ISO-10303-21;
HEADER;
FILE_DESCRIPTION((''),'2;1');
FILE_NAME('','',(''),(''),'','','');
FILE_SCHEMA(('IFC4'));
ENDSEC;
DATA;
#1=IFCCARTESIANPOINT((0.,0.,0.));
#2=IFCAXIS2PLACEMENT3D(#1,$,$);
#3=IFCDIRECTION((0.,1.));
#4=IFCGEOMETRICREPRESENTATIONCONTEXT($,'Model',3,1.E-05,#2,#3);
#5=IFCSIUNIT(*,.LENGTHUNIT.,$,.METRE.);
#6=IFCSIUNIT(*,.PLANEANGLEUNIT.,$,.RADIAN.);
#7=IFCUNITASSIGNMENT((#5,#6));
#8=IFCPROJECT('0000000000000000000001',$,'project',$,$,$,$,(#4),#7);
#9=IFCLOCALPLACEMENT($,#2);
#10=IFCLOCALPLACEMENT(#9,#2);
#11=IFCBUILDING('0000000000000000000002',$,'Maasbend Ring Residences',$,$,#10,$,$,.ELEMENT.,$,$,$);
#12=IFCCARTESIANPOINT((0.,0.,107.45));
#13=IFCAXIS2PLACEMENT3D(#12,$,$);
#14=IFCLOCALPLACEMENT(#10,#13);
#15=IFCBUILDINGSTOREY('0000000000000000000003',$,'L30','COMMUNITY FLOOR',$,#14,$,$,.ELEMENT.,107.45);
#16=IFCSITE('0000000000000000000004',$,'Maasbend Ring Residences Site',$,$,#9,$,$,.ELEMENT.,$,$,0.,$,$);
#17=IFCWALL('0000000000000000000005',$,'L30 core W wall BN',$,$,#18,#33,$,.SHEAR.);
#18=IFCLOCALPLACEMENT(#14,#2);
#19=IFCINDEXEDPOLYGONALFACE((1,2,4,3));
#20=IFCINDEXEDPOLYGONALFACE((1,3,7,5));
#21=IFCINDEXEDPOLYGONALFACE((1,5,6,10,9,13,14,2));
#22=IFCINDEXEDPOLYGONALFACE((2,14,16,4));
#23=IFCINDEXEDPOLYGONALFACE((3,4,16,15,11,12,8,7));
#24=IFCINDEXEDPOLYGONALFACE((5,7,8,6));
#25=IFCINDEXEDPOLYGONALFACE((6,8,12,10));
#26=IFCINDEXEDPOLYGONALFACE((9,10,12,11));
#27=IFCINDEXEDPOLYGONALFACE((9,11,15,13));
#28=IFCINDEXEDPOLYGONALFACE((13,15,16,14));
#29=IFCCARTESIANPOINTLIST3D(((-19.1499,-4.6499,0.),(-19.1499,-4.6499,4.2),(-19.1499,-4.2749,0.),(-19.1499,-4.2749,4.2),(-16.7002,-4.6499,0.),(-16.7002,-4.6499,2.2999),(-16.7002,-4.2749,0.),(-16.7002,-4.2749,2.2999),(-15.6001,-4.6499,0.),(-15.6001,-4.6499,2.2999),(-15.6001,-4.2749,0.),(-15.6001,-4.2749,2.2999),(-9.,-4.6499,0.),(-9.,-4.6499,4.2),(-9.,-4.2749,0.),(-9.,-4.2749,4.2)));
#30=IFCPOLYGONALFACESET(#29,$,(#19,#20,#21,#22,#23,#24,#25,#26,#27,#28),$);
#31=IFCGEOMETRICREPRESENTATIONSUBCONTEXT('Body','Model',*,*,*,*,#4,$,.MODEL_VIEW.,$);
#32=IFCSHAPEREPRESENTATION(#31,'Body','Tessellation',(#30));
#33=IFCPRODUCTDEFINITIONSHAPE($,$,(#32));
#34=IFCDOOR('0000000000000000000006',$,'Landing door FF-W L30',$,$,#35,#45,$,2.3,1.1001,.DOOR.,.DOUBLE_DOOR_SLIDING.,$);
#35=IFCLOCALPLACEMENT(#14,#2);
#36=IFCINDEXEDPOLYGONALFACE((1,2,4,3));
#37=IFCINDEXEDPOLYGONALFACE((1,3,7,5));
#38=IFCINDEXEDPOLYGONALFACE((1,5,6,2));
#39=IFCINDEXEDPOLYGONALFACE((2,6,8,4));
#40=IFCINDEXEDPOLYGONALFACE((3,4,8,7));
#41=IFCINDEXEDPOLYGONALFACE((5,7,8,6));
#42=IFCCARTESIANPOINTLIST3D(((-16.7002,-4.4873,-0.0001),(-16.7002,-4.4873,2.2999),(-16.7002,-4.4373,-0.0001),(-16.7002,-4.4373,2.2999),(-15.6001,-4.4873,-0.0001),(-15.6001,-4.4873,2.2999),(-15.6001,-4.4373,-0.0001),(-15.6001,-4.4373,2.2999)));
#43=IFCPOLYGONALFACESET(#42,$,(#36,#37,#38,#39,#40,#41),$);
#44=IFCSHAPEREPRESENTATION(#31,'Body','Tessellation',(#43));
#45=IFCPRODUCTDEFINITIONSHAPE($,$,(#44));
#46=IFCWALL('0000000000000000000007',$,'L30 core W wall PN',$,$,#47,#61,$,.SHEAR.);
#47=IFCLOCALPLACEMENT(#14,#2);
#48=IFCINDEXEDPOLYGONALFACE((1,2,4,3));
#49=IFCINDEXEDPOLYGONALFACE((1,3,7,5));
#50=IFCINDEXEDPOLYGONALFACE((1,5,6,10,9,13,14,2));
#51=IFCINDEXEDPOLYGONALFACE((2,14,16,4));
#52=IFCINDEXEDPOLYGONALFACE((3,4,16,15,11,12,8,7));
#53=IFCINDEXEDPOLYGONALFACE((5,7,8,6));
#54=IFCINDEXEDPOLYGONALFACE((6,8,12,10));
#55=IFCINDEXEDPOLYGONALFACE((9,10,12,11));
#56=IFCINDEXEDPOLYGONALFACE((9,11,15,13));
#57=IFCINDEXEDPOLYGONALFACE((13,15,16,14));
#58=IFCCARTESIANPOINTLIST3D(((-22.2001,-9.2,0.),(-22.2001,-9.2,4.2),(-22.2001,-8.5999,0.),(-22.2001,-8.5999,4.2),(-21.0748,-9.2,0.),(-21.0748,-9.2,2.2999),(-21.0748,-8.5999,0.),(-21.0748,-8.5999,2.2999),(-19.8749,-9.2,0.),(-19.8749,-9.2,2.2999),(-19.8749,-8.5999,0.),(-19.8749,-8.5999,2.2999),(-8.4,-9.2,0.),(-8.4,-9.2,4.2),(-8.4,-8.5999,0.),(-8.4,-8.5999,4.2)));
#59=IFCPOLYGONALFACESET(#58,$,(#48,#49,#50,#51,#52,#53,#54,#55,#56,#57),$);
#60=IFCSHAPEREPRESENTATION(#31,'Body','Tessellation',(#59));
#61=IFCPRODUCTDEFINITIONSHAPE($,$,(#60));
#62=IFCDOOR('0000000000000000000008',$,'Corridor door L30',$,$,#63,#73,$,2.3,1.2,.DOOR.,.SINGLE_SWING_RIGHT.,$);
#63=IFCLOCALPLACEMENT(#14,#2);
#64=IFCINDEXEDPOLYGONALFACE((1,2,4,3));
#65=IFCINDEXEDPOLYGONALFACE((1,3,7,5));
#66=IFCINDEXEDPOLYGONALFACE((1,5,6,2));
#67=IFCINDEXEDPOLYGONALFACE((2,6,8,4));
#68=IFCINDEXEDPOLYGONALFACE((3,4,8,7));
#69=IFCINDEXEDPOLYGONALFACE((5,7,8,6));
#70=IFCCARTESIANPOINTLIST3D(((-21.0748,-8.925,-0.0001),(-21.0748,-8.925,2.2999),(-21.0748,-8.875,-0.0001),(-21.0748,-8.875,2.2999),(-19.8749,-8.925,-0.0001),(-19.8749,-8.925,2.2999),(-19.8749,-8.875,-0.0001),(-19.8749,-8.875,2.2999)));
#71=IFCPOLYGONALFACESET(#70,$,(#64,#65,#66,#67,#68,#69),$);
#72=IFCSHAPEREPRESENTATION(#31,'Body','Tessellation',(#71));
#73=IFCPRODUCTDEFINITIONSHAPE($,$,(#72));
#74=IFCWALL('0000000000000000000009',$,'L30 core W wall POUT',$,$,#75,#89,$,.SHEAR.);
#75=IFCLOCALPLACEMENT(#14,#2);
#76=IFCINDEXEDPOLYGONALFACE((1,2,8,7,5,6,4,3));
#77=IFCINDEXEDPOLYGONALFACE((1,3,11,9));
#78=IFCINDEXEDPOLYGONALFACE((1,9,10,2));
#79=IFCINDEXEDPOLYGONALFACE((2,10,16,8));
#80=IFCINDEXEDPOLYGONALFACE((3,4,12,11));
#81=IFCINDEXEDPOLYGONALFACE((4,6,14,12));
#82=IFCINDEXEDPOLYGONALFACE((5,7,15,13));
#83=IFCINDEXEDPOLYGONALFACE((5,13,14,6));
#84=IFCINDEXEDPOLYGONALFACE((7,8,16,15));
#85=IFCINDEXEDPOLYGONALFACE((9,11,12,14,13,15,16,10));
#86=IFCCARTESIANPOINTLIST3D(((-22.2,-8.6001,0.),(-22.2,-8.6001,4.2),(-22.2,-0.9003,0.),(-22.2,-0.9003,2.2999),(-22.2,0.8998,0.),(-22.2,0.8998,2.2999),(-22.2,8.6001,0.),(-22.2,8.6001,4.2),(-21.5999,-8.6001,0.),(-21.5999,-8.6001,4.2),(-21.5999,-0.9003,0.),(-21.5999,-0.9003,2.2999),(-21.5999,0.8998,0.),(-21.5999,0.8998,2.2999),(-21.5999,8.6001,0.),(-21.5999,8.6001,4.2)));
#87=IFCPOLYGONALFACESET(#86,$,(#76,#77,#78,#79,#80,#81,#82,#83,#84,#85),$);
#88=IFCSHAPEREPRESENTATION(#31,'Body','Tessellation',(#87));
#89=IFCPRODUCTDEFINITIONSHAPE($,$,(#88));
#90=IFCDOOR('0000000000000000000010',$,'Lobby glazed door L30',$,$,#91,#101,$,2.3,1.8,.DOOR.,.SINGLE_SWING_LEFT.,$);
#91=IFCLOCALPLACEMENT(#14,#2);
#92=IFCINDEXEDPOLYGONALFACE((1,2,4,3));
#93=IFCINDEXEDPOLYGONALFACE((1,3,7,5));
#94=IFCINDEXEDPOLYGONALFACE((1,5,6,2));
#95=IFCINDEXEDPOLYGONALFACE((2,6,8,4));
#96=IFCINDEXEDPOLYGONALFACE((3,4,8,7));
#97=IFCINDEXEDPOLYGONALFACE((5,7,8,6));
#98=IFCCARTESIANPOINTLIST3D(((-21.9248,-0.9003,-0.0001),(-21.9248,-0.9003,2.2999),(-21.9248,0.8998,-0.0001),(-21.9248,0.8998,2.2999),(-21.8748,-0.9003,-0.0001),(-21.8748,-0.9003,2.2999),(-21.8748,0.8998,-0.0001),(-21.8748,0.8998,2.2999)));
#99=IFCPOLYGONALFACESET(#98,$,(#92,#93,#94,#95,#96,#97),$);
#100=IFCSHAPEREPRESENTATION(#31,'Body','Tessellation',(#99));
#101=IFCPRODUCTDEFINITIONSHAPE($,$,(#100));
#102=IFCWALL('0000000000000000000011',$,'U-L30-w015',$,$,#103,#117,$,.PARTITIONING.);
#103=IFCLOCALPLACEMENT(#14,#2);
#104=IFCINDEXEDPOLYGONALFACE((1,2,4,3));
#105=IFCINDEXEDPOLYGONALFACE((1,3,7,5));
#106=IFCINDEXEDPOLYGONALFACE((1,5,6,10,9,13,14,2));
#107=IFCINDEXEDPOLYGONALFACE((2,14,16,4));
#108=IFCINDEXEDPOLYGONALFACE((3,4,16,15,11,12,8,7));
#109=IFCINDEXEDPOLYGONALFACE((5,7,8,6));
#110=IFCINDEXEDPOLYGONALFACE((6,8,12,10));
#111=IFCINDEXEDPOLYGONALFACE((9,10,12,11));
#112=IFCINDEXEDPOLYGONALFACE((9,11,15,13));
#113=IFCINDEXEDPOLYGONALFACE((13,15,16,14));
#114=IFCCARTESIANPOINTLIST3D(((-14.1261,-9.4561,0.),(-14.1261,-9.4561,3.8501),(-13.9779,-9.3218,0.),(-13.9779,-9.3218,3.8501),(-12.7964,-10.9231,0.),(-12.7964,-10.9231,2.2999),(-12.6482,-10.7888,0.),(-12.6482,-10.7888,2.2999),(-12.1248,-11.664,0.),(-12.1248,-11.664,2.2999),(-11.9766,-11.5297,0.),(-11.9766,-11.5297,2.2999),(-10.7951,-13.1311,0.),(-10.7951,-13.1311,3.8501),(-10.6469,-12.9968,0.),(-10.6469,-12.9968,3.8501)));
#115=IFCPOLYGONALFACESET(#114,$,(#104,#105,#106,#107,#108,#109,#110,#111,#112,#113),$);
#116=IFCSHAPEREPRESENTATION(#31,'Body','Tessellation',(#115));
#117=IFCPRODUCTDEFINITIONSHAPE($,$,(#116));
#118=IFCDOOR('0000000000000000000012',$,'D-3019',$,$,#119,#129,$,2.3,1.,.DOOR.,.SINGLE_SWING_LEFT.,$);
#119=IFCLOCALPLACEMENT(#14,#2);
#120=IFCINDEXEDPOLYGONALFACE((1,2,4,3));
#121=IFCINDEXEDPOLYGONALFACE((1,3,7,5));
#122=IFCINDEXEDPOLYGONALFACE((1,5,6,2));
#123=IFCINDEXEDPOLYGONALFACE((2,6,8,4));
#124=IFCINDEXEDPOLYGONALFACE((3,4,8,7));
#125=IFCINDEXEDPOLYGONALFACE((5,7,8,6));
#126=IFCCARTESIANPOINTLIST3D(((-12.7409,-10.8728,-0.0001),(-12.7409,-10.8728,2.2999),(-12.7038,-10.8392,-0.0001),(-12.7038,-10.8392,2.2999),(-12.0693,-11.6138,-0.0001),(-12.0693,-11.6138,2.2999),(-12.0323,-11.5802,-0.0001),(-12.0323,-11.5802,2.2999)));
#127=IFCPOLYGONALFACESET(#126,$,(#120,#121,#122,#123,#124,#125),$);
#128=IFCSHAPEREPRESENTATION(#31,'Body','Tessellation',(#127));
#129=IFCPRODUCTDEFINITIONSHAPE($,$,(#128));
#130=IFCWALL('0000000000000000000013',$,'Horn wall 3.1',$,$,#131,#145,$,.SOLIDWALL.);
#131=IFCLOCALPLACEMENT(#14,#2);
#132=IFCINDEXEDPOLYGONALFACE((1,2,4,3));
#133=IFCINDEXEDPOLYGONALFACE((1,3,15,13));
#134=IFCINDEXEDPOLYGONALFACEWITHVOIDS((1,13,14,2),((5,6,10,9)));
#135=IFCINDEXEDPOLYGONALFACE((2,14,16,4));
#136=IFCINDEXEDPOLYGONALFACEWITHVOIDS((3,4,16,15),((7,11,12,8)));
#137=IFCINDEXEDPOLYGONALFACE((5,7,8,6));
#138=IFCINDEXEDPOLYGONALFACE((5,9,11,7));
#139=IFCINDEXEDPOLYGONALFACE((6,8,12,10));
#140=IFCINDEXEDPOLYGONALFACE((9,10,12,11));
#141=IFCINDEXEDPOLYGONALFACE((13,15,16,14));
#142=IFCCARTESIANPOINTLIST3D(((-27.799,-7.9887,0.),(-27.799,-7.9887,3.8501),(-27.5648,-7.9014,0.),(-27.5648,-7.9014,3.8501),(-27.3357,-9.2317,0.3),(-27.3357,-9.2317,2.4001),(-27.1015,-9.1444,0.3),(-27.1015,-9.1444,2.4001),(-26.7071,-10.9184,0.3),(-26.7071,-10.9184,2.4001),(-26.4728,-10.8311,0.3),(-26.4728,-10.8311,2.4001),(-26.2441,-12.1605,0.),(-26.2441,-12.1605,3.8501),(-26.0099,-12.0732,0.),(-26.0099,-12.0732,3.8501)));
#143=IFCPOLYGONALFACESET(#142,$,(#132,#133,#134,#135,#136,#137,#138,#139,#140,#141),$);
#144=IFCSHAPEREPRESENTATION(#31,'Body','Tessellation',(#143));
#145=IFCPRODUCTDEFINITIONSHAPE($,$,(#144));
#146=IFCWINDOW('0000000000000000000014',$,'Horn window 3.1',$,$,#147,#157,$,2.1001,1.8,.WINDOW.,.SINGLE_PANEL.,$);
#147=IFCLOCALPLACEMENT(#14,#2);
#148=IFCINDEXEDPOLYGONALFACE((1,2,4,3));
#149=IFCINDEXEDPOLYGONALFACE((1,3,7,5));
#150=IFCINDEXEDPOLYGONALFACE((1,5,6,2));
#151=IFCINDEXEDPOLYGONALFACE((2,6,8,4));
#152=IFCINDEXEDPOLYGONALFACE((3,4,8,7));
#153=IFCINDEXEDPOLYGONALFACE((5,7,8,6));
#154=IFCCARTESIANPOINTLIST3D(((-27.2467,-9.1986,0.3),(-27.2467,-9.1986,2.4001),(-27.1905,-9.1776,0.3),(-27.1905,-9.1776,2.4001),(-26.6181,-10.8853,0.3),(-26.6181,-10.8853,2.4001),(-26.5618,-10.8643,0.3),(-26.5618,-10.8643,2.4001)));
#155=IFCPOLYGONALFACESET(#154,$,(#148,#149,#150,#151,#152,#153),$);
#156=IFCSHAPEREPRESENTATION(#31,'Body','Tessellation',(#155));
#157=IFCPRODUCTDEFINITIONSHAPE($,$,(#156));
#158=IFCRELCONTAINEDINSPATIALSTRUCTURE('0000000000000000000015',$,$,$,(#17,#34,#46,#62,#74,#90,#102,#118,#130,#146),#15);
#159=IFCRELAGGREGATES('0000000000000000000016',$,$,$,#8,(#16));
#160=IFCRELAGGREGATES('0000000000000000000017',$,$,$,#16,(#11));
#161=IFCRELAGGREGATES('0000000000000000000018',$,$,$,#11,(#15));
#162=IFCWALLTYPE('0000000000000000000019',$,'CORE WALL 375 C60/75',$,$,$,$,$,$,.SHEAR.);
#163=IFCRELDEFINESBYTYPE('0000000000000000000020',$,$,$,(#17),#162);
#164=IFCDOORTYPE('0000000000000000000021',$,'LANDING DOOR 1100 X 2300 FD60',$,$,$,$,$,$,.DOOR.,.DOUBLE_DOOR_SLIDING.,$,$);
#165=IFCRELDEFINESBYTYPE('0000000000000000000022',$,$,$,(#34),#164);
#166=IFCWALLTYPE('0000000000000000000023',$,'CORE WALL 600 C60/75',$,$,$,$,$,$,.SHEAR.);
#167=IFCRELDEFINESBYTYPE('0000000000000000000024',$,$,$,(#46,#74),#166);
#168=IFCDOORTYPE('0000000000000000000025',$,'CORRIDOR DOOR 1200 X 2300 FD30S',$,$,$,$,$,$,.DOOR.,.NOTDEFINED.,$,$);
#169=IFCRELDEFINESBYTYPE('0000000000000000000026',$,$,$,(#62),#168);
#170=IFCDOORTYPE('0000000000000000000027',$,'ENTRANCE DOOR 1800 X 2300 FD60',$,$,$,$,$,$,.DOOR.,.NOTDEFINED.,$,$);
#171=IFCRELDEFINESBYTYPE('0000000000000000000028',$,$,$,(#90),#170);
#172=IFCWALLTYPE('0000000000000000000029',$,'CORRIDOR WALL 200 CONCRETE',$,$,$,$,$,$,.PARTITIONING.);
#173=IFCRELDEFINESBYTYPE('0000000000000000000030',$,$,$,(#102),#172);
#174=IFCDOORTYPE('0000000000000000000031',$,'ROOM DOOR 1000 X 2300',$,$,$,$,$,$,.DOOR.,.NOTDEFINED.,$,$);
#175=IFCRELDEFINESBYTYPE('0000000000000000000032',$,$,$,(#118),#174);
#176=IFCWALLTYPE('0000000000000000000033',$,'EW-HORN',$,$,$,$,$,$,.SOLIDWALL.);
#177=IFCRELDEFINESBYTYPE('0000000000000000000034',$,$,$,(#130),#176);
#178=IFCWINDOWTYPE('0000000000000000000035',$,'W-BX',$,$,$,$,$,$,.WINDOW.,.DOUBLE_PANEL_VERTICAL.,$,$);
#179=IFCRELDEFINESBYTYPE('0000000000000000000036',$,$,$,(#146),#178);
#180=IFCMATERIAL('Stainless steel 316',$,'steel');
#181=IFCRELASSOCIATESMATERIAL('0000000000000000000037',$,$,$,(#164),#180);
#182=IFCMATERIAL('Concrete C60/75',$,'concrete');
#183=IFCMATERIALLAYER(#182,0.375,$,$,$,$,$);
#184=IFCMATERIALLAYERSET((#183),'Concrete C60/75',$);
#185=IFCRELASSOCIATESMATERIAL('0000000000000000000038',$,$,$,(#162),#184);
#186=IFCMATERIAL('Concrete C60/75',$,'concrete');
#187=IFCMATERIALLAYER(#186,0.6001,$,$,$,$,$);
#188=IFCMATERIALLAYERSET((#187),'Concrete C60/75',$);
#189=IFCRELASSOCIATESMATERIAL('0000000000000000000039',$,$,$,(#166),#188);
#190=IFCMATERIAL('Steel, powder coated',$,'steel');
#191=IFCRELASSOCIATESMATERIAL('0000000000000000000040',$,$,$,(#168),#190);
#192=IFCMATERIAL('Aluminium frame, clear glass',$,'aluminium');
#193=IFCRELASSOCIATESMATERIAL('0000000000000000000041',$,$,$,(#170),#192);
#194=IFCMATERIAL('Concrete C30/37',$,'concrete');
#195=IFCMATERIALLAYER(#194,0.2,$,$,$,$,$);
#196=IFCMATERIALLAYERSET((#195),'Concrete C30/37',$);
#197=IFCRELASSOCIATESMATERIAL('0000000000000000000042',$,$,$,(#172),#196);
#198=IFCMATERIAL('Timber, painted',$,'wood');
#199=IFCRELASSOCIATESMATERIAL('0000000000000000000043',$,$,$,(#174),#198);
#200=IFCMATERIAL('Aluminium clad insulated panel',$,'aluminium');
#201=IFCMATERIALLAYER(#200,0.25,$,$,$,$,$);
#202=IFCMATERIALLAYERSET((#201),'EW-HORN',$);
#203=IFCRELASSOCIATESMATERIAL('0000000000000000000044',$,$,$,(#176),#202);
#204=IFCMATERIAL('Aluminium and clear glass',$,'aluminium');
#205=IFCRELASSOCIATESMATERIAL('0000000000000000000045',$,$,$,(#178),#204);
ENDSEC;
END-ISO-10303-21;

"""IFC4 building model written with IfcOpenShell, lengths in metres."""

from ifc_helpers import new_model, si_unit, direction, frame, frame_2d, origin, place, context, subcontext, project, spatial, rectangle, extrude, material, layer, layer_set, type_object, element, fill, save


model = new_model("IFC4")

# Units and contexts
model_context = context("Model", 3, precision=1e-05, world=origin(), true_north=direction((0.0, 1.0)))
body_context = subcontext(model_context, "Body", "Model", "MODEL_VIEW")
ifc_project = project(units=[si_unit("LENGTHUNIT", "METRE"), si_unit("PLANEANGLEUNIT", "RADIAN")], contexts=[model_context])

# Site, building, storey
site_placement = place(None, origin())
site = spatial("IfcSite", under=ifc_project, at=site_placement, Name="Maasbend Ring Residences Site", CompositionType="ELEMENT", RefElevation=0.0)
building_placement = place(site_placement, origin())
building = spatial("IfcBuilding", under=site, at=building_placement, Name="Maasbend Ring Residences", CompositionType="ELEMENT")
storey_placement = place(building_placement, frame((0.0, 0.0, 107.45)))
storey = spatial("IfcBuildingStorey", under=building, at=storey_placement, Name="L30", Description="COMMUNITY FLOOR", CompositionType="ELEMENT", Elevation=107.45)

# Shared definitions
ifc_material_1 = material(Name="Stainless steel 316", Category="steel")
door_type_1 = type_object("IfcDoorType", Name="LANDING DOOR 1100 X 2300 FD60", OperationType="DOUBLE_DOOR_SLIDING", PredefinedType="DOOR", material=ifc_material_1)

# Walls, openings, doors
ifc_material_2 = material(Name="Concrete C60/75", Category="concrete")
ifc_layer_1 = layer(ifc_material_2, 0.375)
ifc_layer_set_1 = layer_set([ifc_layer_1], Name="Concrete C60/75")
wall_type_1 = type_object("IfcWallType", Name="CORE WALL 375 C60/75", PredefinedType="SHEAR", material=ifc_layer_set_1)
wall_1_placement = place(storey_placement, frame((-9.0, -4.4624, 0.0), z_axis=(0.0, 0.0, 1.0), x_axis=(-1.0, 0.0, 0.0)))
wall_1 = element("IfcWall", 1, at=wall_1_placement, inside=storey, type_object=wall_type_1, Name="L30 core W wall BN", PredefinedType="SHEAR", context=body_context, shape_type="SweptSolid", body=[
    extrude(rectangle(XDim=10.1499, YDim=0.375, at=frame_2d((5.075, 0.0))), origin(), (0.0, 0.0, 1.0), 4.2),
])
opening_1_placement = place(wall_1_placement, frame((6.6001, 0.0, 0.0)))
opening_1 = element("IfcOpeningElement", 2, at=opening_1_placement, cuts=wall_1, PredefinedType="OPENING", context=body_context, shape_type="SweptSolid", body=[
    extrude(rectangle(XDim=1.1001, YDim=2.3, at=frame_2d((0.55, 1.1499))), frame((0.0, 0.1975, 0.0), z_axis=(0.0, -1.0, 0.0), x_axis=(1.0, 0.0, 0.0)), (0.0, 0.0, 1.0), 0.395),
])
door_1_placement = place(opening_1_placement, origin())
door_1 = element("IfcDoor", 3, at=door_1_placement, inside=storey, type_object=door_type_1, Name="Landing door FF-W L30", OperationType="DOUBLE_DOOR_SLIDING", OverallHeight=2.3, OverallWidth=1.1001, PredefinedType="DOOR", context=body_context, shape_type="SweptSolid", body=[
    extrude(rectangle(XDim=1.1001, YDim=2.3, at=frame_2d((0.55, 1.1499))), frame((0.0, 0.0249, 0.0), z_axis=(0.0, -1.0, 0.0), x_axis=(1.0, 0.0, 0.0)), (0.0, 0.0, 1.0), 0.05),
])
fill(opening_1, door_1)
ifc_material_3 = material(Name="Concrete C60/75", Category="concrete")
ifc_layer_2 = layer(ifc_material_3, 0.6001)
ifc_layer_set_2 = layer_set([ifc_layer_2], Name="Concrete C60/75")
wall_type_2 = type_object("IfcWallType", Name="CORE WALL 600 C60/75", PredefinedType="SHEAR", material=ifc_layer_set_2)
wall_2_placement = place(storey_placement, frame((-22.2, -8.8999, 0.0), z_axis=(0.0, 0.0, 1.0), x_axis=(1.0, 0.0, 0.0)))
wall_2 = element("IfcWall", 4, at=wall_2_placement, inside=storey, type_object=wall_type_2, Name="L30 core W wall PN", PredefinedType="SHEAR", context=body_context, shape_type="SweptSolid", body=[
    extrude(rectangle(XDim=13.8, YDim=0.6001, at=frame_2d((6.8999, 0.0))), origin(), (0.0, 0.0, 1.0), 4.2),
])
opening_2_placement = place(wall_2_placement, frame((1.125, 0.0, 0.0)))
opening_2 = element("IfcOpeningElement", 5, at=opening_2_placement, cuts=wall_2, PredefinedType="OPENING", context=body_context, shape_type="SweptSolid", body=[
    extrude(rectangle(XDim=1.2, YDim=2.3, at=frame_2d((0.6001, 1.1499))), frame((0.0, 0.3101, 0.0), z_axis=(0.0, -1.0, 0.0), x_axis=(1.0, 0.0, 0.0)), (0.0, 0.0, 1.0), 0.6201),
])
ifc_material_4 = material(Name="Steel, powder coated", Category="steel")
door_type_2 = type_object("IfcDoorType", Name="CORRIDOR DOOR 1200 X 2300 FD30S", OperationType="NOTDEFINED", PredefinedType="DOOR", material=ifc_material_4)
door_2_placement = place(opening_2_placement, origin())
door_2 = element("IfcDoor", 6, at=door_2_placement, inside=storey, type_object=door_type_2, Name="Corridor door L30", OperationType="SINGLE_SWING_RIGHT", OverallHeight=2.3, OverallWidth=1.2, PredefinedType="DOOR", context=body_context, shape_type="SweptSolid", body=[
    extrude(rectangle(XDim=1.2, YDim=2.3, at=frame_2d((0.6001, 1.1499))), frame((0.0, 0.0249, 0.0), z_axis=(0.0, -1.0, 0.0), x_axis=(1.0, 0.0, 0.0)), (0.0, 0.0, 1.0), 0.05),
])
fill(opening_2, door_2)
wall_3_placement = place(storey_placement, frame((-21.8999, -8.6001, 0.0), z_axis=(0.0, 0.0, 1.0), x_axis=(0.0, 1.0, 0.0)))
wall_3 = element("IfcWall", 7, at=wall_3_placement, inside=storey, type_object=wall_type_2, Name="L30 core W wall POUT", PredefinedType="SHEAR", context=body_context, shape_type="SweptSolid", body=[
    extrude(rectangle(XDim=17.2002, YDim=0.6001, at=frame_2d((8.6001, 0.0))), origin(), (0.0, 0.0, 1.0), 4.2),
])
opening_3_placement = place(wall_3_placement, frame((7.7, 0.0, 0.0)))
opening_3 = element("IfcOpeningElement", 8, at=opening_3_placement, cuts=wall_3, PredefinedType="OPENING", context=body_context, shape_type="SweptSolid", body=[
    extrude(rectangle(XDim=1.8, YDim=2.3, at=frame_2d((0.8999, 1.1499))), frame((0.0, 0.3101, 0.0), z_axis=(0.0, -1.0, 0.0), x_axis=(1.0, 0.0, 0.0)), (0.0, 0.0, 1.0), 0.6201),
])
ifc_material_5 = material(Name="Aluminium frame, clear glass", Category="aluminium")
door_type_3 = type_object("IfcDoorType", Name="ENTRANCE DOOR 1800 X 2300 FD60", OperationType="NOTDEFINED", PredefinedType="DOOR", material=ifc_material_5)
door_3_placement = place(opening_3_placement, origin())
door_3 = element("IfcDoor", 9, at=door_3_placement, inside=storey, type_object=door_type_3, Name="Lobby glazed door L30", OperationType="SINGLE_SWING_LEFT", OverallHeight=2.3, OverallWidth=1.8, PredefinedType="DOOR", context=body_context, shape_type="SweptSolid", body=[
    extrude(rectangle(XDim=1.8, YDim=2.3, at=frame_2d((0.8999, 1.1499))), frame((0.0, 0.0249, 0.0), z_axis=(0.0, -1.0, 0.0), x_axis=(1.0, 0.0, 0.0)), (0.0, 0.0, 1.0), 0.05),
])
fill(opening_3, door_3)
ifc_material_6 = material(Name="Concrete C30/37", Category="concrete")
ifc_layer_3 = layer(ifc_material_6, 0.2)
ifc_layer_set_3 = layer_set([ifc_layer_3], Name="Concrete C30/37")
wall_type_3 = type_object("IfcWallType", Name="CORRIDOR WALL 200 CONCRETE", PredefinedType="PARTITIONING", material=ifc_layer_set_3)
wall_4_placement = place(storey_placement, frame((-14.052, -9.3889, 0.0), z_axis=(0.0, 0.0, 1.0), x_axis=(0.671579, -0.740933, 0.0)))
wall_4 = element("IfcWall", 10, at=wall_4_placement, inside=storey, type_object=wall_type_3, Name="U-L30-w015", PredefinedType="PARTITIONING", context=body_context, shape_type="SweptSolid", body=[
    extrude(rectangle(XDim=4.96, YDim=0.2, at=frame_2d((2.48, 0.0))), origin(), (0.0, 0.0, 1.0), 3.8501),
])
opening_4_placement = place(wall_4_placement, frame((1.98, 0.0, 0.0)))
opening_4 = element("IfcOpeningElement", 11, at=opening_4_placement, cuts=wall_4, PredefinedType="OPENING", context=body_context, shape_type="SweptSolid", body=[
    extrude(rectangle(XDim=1.0, YDim=2.3, at=frame_2d((0.5, 1.1499))), frame((0.0, 0.1099, 0.0), z_axis=(0.0, -1.0, 0.0), x_axis=(1.0, 0.0, 0.0)), (0.0, 0.0, 1.0), 0.22),
])
ifc_material_7 = material(Name="Timber, painted", Category="wood")
door_type_4 = type_object("IfcDoorType", Name="ROOM DOOR 1000 X 2300", OperationType="NOTDEFINED", PredefinedType="DOOR", material=ifc_material_7)
door_4_placement = place(opening_4_placement, origin())
door_4 = element("IfcDoor", 12, at=door_4_placement, inside=storey, type_object=door_type_4, Name="D-3019", OperationType="SINGLE_SWING_LEFT", OverallHeight=2.3, OverallWidth=1.0, PredefinedType="DOOR", context=body_context, shape_type="SweptSolid", body=[
    extrude(rectangle(XDim=1.0, YDim=2.3, at=frame_2d((0.5, 1.1499))), frame((0.0, 0.0249, 0.0), z_axis=(0.0, -1.0, 0.0), x_axis=(1.0, 0.0, 0.0)), (0.0, 0.0, 1.0), 0.05),
])
fill(opening_4, door_4)

# Wall, opening, window
ifc_material_8 = material(Name="Aluminium clad insulated panel", Category="aluminium")
ifc_layer_4 = layer(ifc_material_8, 0.25)
ifc_layer_set_4 = layer_set([ifc_layer_4], Name="EW-HORN")
wall_type_4 = type_object("IfcWallType", Name="EW-HORN", PredefinedType="SOLIDWALL", material=ifc_layer_set_4)
wall_5_placement = place(storey_placement, frame((-27.6819, -7.9451, 0.0), z_axis=(0.0, 0.0, 1.0), x_axis=(0.349248, -0.93703, 0.0)))
wall_5 = element("IfcWall", 13, at=wall_5_placement, inside=storey, type_object=wall_type_4, Name="Horn wall 3.1", PredefinedType="SOLIDWALL", context=body_context, shape_type="SweptSolid", body=[
    extrude(rectangle(XDim=4.4521, YDim=0.25, at=frame_2d((2.2261, 0.0))), origin(), (0.0, 0.0, 1.0), 3.8501),
])
opening_5_placement = place(wall_5_placement, frame((1.3267, 0.0, 0.3)))
opening_5 = element("IfcOpeningElement", 14, at=opening_5_placement, cuts=wall_5, PredefinedType="OPENING", context=body_context, shape_type="SweptSolid", body=[
    extrude(rectangle(XDim=1.8, YDim=2.1001, at=frame_2d((0.8999, 1.05))), frame((0.0, 0.135, 0.0), z_axis=(0.0, -1.0, 0.0), x_axis=(1.0, 0.0, 0.0)), (0.0, 0.0, 1.0), 0.27),
])
ifc_material_9 = material(Name="Aluminium and clear glass", Category="aluminium")
window_type = type_object("IfcWindowType", Name="W-BX", PartitioningType="DOUBLE_PANEL_VERTICAL", PredefinedType="WINDOW", material=ifc_material_9)
window_placement = place(opening_5_placement, origin())
window = element("IfcWindow", 15, at=window_placement, inside=storey, type_object=window_type, Name="Horn window 3.1", OverallHeight=2.1001, OverallWidth=1.8, PartitioningType="SINGLE_PANEL", PredefinedType="WINDOW", context=body_context, shape_type="SweptSolid", body=[
    extrude(rectangle(XDim=1.8, YDim=2.1001, at=frame_2d((0.8999, 1.05))), frame((0.0, 0.03, 0.0), z_axis=(0.0, -1.0, 0.0), x_axis=(1.0, 0.0, 0.0)), (0.0, 0.0, 1.0), 0.0601),
])
fill(opening_5, window)

save(model, "model.ifc")
